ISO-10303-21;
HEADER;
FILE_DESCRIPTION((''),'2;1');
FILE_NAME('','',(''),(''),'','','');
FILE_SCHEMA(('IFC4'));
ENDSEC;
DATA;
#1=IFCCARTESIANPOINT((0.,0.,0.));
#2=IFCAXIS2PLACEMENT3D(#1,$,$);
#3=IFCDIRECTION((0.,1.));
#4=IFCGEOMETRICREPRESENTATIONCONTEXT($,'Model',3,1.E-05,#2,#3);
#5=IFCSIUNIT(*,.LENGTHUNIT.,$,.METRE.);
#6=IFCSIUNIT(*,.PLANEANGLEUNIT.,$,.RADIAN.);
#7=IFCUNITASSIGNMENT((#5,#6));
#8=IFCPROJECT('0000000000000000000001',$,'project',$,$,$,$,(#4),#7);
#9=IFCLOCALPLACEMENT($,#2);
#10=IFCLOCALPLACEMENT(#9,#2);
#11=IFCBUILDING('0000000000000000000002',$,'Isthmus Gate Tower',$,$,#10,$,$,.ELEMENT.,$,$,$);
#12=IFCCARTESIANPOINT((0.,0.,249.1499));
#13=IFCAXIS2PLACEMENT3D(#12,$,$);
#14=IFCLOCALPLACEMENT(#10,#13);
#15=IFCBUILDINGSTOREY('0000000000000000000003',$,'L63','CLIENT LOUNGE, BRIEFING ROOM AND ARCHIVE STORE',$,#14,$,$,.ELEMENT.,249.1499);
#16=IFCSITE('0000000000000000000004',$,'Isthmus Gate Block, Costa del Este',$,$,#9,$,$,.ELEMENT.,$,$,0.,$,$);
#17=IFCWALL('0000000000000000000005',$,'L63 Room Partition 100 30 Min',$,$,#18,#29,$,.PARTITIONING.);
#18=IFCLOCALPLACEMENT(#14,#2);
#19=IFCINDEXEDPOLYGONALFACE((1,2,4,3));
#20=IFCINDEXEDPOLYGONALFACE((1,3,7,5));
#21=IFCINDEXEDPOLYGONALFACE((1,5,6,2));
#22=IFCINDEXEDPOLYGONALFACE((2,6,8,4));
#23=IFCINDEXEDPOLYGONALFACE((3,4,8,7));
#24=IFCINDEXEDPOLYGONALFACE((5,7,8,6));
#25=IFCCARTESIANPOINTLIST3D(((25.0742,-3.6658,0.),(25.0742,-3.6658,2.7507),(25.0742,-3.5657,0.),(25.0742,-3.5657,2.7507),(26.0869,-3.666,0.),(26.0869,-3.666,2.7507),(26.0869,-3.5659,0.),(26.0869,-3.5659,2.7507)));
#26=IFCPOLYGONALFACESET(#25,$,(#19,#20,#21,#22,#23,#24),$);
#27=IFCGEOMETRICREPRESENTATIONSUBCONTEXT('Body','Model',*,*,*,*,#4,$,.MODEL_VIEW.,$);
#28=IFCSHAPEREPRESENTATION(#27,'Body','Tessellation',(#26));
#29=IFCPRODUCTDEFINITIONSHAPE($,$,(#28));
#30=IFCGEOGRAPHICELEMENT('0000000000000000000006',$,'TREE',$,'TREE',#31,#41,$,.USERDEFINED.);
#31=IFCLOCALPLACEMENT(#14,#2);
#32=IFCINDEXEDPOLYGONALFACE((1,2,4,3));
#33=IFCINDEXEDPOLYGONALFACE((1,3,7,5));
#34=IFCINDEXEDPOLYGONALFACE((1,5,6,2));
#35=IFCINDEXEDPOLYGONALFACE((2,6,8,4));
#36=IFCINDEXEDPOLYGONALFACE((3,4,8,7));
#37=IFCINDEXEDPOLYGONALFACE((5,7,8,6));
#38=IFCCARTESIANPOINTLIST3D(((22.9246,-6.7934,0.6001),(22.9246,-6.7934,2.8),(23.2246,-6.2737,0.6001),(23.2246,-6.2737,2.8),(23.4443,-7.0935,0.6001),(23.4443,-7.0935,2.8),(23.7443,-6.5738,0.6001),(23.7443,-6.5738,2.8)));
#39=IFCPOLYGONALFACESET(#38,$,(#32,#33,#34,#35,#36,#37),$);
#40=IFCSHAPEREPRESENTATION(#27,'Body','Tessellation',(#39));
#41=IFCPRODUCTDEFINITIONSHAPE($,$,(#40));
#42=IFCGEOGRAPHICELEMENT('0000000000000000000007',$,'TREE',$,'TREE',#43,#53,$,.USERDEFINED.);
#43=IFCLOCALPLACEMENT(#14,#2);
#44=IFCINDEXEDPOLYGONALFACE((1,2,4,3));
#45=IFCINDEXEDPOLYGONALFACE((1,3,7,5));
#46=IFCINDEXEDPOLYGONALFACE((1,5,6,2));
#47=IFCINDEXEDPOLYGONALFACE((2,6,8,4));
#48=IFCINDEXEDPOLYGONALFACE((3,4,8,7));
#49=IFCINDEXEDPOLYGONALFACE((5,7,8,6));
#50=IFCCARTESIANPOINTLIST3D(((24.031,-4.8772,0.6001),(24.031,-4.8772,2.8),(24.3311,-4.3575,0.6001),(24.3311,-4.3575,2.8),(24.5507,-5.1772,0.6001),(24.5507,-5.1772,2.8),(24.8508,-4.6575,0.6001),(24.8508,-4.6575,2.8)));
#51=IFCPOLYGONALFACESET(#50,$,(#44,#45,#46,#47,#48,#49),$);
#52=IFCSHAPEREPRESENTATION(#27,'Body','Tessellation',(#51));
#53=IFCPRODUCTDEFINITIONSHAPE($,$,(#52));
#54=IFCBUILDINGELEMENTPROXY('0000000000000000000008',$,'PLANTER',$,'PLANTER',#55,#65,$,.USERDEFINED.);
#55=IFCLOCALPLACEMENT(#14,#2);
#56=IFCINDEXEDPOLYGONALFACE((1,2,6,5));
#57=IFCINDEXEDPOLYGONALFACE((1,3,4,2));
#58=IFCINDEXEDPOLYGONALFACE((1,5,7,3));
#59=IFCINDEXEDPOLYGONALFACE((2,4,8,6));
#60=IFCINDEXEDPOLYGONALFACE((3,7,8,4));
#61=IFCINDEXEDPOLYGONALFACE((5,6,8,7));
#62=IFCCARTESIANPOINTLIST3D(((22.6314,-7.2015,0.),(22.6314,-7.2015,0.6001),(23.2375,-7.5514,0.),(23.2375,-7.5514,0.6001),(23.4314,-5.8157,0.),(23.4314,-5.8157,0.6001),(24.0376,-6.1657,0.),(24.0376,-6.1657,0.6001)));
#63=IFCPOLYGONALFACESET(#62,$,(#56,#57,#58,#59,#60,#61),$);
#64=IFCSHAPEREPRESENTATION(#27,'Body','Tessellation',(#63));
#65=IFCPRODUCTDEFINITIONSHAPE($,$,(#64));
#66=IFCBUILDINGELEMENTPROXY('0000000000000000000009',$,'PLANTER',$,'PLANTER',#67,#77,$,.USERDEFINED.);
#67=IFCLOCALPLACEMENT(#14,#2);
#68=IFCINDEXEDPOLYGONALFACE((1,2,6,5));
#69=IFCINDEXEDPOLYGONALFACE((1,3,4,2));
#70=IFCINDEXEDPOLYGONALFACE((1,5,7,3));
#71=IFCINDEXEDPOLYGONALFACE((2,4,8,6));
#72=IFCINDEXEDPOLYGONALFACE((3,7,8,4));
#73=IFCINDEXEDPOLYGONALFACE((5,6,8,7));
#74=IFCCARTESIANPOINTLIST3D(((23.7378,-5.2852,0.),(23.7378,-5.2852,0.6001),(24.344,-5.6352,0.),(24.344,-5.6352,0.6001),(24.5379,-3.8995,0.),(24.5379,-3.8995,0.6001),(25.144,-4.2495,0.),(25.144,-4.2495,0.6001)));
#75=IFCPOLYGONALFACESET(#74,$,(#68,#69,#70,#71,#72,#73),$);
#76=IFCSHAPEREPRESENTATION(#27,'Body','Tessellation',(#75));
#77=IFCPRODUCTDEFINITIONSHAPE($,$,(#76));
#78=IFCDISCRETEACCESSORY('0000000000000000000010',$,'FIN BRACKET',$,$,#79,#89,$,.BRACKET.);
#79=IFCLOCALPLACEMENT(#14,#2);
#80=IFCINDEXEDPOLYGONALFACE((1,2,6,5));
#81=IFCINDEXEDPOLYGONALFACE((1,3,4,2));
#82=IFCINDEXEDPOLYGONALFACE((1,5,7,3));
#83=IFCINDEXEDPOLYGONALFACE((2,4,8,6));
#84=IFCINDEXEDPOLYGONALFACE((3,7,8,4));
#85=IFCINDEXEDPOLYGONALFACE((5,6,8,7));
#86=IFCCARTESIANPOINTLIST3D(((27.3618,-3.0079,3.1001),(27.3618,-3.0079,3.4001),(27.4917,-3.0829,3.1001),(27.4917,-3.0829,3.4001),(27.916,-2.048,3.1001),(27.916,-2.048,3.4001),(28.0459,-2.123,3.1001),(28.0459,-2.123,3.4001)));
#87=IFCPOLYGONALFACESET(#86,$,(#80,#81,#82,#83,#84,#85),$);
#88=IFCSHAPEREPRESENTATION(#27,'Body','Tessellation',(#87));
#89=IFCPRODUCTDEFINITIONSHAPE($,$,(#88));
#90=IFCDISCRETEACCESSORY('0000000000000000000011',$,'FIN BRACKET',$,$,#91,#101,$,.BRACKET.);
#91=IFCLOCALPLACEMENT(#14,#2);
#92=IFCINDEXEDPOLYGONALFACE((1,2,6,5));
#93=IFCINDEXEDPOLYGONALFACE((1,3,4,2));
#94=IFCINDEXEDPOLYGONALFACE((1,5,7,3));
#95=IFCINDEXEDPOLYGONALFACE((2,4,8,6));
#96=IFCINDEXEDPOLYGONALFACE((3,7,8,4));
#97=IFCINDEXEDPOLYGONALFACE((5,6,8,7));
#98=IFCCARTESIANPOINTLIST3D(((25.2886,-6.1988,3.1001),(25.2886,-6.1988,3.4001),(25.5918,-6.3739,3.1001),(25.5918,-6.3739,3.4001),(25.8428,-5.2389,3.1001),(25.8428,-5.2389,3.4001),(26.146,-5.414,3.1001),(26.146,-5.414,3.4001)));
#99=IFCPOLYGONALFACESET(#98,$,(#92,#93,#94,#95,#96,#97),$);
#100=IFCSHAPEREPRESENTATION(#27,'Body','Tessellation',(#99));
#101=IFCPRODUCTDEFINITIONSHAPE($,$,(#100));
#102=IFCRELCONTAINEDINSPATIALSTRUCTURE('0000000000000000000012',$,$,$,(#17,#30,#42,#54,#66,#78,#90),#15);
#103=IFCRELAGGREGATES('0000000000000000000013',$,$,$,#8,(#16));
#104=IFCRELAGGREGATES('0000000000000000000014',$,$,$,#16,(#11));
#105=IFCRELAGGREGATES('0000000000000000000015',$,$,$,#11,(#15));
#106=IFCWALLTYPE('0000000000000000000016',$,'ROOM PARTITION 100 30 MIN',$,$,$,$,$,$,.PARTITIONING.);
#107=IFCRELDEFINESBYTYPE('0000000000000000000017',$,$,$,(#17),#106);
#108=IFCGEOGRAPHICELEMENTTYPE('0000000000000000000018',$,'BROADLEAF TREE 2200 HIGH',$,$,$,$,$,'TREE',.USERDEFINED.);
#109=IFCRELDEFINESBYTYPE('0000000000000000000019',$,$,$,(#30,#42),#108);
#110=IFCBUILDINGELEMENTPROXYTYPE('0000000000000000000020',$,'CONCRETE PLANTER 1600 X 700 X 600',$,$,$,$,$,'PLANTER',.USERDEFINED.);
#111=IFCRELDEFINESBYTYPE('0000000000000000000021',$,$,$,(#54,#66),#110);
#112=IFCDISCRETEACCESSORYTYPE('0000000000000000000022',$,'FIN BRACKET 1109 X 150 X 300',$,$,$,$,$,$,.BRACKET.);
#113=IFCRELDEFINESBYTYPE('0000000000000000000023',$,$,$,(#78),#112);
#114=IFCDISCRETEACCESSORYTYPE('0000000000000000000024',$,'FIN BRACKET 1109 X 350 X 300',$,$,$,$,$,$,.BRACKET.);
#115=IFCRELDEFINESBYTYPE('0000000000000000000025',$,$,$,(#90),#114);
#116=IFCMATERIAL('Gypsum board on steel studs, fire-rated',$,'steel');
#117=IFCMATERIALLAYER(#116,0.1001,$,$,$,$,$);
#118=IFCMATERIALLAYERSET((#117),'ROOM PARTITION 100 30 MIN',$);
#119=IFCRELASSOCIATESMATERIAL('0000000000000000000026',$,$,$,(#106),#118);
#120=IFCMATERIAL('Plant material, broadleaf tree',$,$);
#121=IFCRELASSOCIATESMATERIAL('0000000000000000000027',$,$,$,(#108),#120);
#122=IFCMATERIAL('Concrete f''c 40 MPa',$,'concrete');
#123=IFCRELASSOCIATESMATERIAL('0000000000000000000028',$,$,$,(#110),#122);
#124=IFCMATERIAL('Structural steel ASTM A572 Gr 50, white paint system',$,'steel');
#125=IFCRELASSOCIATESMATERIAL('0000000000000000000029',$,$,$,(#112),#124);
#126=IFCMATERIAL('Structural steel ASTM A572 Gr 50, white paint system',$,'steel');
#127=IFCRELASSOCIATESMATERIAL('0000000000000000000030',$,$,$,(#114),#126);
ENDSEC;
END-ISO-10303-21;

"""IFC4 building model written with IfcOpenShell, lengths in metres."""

from ifc_helpers import new_model, si_unit, direction, frame, frame_2d, origin, origin_2d, place, context, subcontext, project, spatial, rectangle, extrude, material, layer, layer_set, type_object, element, save


model = new_model("IFC4")

# Units and contexts
model_context = context("Model", 3, precision=1e-05, world=origin(), true_north=direction((0.0, 1.0)))
body_context = subcontext(model_context, "Body", "Model", "MODEL_VIEW")
ifc_project = project(units=[si_unit("LENGTHUNIT", "METRE"), si_unit("PLANEANGLEUNIT", "RADIAN")], contexts=[model_context])

# Site, building, storey
site_placement = place(None, origin())
site = spatial("IfcSite", under=ifc_project, at=site_placement, Name="Isthmus Gate Block, Costa del Este", CompositionType="ELEMENT", RefElevation=0.0)
building_placement = place(site_placement, origin())
building = spatial("IfcBuilding", under=site, at=building_placement, Name="Isthmus Gate Tower", CompositionType="ELEMENT")
storey_placement = place(building_placement, frame((0.0, 0.0, 249.1499)))
storey = spatial("IfcBuildingStorey", under=building, at=storey_placement, Name="L63", Description="CLIENT LOUNGE, BRIEFING ROOM AND ARCHIVE STORE", CompositionType="ELEMENT", Elevation=249.1499)

# Wall
ifc_material_1 = material(Name="Gypsum board on steel studs, fire-rated", Category="steel")
ifc_layer_1 = layer(ifc_material_1, 0.1001)
ifc_layer_set_1 = layer_set([ifc_layer_1], Name="ROOM PARTITION 100 30 MIN")
wall_type_1 = type_object("IfcWallType", Name="ROOM PARTITION 100 30 MIN", PredefinedType="PARTITIONING", material=ifc_layer_set_1)
wall_1_placement = place(storey_placement, frame((25.0742, -3.6157, 0.0), z_axis=(0.0, 0.0, 1.0), x_axis=(1.0, -0.000241, 0.0)))
element("IfcWall", 1, at=wall_1_placement, inside=storey, type_object=wall_type_1, Name="L63 Room Partition 100 30 Min", PredefinedType="PARTITIONING", context=body_context, shape_type="SweptSolid", body=[
    extrude(rectangle(XDim=1.0127, YDim=0.1001, at=frame_2d((0.5063, 0.0))), origin(), (0.0, 0.0, 1.0), 2.7507),
])

# Geographic elements
ifc_material_2 = material(Name="Plant material, broadleaf tree")
geographic_element_type = type_object("IfcGeographicElementType", Name="BROADLEAF TREE 2200 HIGH", ElementType="TREE", PredefinedType="USERDEFINED", material=ifc_material_2)
for number, where, z_axis, x_axis, name in (
    (2, (23.3345, -6.6836, 0.6001), (0.0, 0.0, 1.0), (0.5, 0.866025, 0.0), "TREE"),
    (3, (24.4409, -4.7673, 0.6001), (0.0, 0.0, 1.0), (0.5, 0.866025, 0.0), "TREE"),
):
    element("IfcGeographicElement", number, at=place(storey_placement, frame(where, z_axis=z_axis, x_axis=x_axis)), inside=storey, type_object=geographic_element_type, Name=name, ObjectType="TREE", PredefinedType="USERDEFINED", context=body_context, shape_type="SweptSolid", body=[
        extrude(rectangle(XDim=0.6001, YDim=0.6001, at=origin_2d()), origin(), (0.0, 0.0, 1.0), 2.2),
    ])

# Building element proxies
ifc_material_3 = material(Name="Concrete f'c 40 MPa", Category="concrete")
building_element_proxy_type = type_object("IfcBuildingElementProxyType", Name="CONCRETE PLANTER 1600 X 700 X 600", ElementType="PLANTER", PredefinedType="USERDEFINED", material=ifc_material_3)
for number, where, z_axis, x_axis, name in (
    (4, (23.3345, -6.6836, 0.0), (0.0, 0.0, 1.0), (0.5, 0.866025, 0.0), "PLANTER"),
    (5, (24.4409, -4.7673, 0.0), (0.0, 0.0, 1.0), (0.5, 0.866025, 0.0), "PLANTER"),
):
    element("IfcBuildingElementProxy", number, at=place(storey_placement, frame(where, z_axis=z_axis, x_axis=x_axis)), inside=storey, type_object=building_element_proxy_type, Name=name, ObjectType="PLANTER", PredefinedType="USERDEFINED", context=body_context, shape_type="SweptSolid", body=[
        extrude(rectangle(XDim=1.6001, YDim=0.7, at=origin_2d()), origin(), (0.0, 0.0, 1.0), 0.6001),
    ])

# Discrete accessories
ifc_material_4 = material(Name="Structural steel ASTM A572 Gr 50, white paint system", Category="steel")
discrete_accessory_type_1 = type_object("IfcDiscreteAccessoryType", Name="FIN BRACKET 1109 X 150 X 300", PredefinedType="BRACKET", material=ifc_material_4)
discrete_accessory_1_placement = place(storey_placement, frame((27.7039, -2.5654, 3.1001), z_axis=(0.0, 0.0, 1.0), x_axis=(0.866025, -0.5, 0.0)))
element("IfcDiscreteAccessory", 6, at=discrete_accessory_1_placement, inside=storey, type_object=discrete_accessory_type_1, Name="FIN BRACKET", PredefinedType="BRACKET", context=body_context, shape_type="SweptSolid", body=[
    extrude(rectangle(XDim=0.1499, YDim=1.1084, at=origin_2d()), origin(), (0.0, 0.0, 1.0), 0.3),
])
ifc_material_5 = material(Name="Structural steel ASTM A572 Gr 50, white paint system", Category="steel")
discrete_accessory_type_2 = type_object("IfcDiscreteAccessoryType", Name="FIN BRACKET 1109 X 350 X 300", PredefinedType="BRACKET", material=ifc_material_5)
discrete_accessory_2_placement = place(storey_placement, frame((25.7173, -5.8064, 3.1001), z_axis=(0.0, 0.0, 1.0), x_axis=(0.866025, -0.5, 0.0)))
element("IfcDiscreteAccessory", 7, at=discrete_accessory_2_placement, inside=storey, type_object=discrete_accessory_type_2, Name="FIN BRACKET", PredefinedType="BRACKET", context=body_context, shape_type="SweptSolid", body=[
    extrude(rectangle(XDim=0.3501, YDim=1.1084, at=origin_2d()), origin(), (0.0, 0.0, 1.0), 0.3),
])

save(model, "model.ifc")
